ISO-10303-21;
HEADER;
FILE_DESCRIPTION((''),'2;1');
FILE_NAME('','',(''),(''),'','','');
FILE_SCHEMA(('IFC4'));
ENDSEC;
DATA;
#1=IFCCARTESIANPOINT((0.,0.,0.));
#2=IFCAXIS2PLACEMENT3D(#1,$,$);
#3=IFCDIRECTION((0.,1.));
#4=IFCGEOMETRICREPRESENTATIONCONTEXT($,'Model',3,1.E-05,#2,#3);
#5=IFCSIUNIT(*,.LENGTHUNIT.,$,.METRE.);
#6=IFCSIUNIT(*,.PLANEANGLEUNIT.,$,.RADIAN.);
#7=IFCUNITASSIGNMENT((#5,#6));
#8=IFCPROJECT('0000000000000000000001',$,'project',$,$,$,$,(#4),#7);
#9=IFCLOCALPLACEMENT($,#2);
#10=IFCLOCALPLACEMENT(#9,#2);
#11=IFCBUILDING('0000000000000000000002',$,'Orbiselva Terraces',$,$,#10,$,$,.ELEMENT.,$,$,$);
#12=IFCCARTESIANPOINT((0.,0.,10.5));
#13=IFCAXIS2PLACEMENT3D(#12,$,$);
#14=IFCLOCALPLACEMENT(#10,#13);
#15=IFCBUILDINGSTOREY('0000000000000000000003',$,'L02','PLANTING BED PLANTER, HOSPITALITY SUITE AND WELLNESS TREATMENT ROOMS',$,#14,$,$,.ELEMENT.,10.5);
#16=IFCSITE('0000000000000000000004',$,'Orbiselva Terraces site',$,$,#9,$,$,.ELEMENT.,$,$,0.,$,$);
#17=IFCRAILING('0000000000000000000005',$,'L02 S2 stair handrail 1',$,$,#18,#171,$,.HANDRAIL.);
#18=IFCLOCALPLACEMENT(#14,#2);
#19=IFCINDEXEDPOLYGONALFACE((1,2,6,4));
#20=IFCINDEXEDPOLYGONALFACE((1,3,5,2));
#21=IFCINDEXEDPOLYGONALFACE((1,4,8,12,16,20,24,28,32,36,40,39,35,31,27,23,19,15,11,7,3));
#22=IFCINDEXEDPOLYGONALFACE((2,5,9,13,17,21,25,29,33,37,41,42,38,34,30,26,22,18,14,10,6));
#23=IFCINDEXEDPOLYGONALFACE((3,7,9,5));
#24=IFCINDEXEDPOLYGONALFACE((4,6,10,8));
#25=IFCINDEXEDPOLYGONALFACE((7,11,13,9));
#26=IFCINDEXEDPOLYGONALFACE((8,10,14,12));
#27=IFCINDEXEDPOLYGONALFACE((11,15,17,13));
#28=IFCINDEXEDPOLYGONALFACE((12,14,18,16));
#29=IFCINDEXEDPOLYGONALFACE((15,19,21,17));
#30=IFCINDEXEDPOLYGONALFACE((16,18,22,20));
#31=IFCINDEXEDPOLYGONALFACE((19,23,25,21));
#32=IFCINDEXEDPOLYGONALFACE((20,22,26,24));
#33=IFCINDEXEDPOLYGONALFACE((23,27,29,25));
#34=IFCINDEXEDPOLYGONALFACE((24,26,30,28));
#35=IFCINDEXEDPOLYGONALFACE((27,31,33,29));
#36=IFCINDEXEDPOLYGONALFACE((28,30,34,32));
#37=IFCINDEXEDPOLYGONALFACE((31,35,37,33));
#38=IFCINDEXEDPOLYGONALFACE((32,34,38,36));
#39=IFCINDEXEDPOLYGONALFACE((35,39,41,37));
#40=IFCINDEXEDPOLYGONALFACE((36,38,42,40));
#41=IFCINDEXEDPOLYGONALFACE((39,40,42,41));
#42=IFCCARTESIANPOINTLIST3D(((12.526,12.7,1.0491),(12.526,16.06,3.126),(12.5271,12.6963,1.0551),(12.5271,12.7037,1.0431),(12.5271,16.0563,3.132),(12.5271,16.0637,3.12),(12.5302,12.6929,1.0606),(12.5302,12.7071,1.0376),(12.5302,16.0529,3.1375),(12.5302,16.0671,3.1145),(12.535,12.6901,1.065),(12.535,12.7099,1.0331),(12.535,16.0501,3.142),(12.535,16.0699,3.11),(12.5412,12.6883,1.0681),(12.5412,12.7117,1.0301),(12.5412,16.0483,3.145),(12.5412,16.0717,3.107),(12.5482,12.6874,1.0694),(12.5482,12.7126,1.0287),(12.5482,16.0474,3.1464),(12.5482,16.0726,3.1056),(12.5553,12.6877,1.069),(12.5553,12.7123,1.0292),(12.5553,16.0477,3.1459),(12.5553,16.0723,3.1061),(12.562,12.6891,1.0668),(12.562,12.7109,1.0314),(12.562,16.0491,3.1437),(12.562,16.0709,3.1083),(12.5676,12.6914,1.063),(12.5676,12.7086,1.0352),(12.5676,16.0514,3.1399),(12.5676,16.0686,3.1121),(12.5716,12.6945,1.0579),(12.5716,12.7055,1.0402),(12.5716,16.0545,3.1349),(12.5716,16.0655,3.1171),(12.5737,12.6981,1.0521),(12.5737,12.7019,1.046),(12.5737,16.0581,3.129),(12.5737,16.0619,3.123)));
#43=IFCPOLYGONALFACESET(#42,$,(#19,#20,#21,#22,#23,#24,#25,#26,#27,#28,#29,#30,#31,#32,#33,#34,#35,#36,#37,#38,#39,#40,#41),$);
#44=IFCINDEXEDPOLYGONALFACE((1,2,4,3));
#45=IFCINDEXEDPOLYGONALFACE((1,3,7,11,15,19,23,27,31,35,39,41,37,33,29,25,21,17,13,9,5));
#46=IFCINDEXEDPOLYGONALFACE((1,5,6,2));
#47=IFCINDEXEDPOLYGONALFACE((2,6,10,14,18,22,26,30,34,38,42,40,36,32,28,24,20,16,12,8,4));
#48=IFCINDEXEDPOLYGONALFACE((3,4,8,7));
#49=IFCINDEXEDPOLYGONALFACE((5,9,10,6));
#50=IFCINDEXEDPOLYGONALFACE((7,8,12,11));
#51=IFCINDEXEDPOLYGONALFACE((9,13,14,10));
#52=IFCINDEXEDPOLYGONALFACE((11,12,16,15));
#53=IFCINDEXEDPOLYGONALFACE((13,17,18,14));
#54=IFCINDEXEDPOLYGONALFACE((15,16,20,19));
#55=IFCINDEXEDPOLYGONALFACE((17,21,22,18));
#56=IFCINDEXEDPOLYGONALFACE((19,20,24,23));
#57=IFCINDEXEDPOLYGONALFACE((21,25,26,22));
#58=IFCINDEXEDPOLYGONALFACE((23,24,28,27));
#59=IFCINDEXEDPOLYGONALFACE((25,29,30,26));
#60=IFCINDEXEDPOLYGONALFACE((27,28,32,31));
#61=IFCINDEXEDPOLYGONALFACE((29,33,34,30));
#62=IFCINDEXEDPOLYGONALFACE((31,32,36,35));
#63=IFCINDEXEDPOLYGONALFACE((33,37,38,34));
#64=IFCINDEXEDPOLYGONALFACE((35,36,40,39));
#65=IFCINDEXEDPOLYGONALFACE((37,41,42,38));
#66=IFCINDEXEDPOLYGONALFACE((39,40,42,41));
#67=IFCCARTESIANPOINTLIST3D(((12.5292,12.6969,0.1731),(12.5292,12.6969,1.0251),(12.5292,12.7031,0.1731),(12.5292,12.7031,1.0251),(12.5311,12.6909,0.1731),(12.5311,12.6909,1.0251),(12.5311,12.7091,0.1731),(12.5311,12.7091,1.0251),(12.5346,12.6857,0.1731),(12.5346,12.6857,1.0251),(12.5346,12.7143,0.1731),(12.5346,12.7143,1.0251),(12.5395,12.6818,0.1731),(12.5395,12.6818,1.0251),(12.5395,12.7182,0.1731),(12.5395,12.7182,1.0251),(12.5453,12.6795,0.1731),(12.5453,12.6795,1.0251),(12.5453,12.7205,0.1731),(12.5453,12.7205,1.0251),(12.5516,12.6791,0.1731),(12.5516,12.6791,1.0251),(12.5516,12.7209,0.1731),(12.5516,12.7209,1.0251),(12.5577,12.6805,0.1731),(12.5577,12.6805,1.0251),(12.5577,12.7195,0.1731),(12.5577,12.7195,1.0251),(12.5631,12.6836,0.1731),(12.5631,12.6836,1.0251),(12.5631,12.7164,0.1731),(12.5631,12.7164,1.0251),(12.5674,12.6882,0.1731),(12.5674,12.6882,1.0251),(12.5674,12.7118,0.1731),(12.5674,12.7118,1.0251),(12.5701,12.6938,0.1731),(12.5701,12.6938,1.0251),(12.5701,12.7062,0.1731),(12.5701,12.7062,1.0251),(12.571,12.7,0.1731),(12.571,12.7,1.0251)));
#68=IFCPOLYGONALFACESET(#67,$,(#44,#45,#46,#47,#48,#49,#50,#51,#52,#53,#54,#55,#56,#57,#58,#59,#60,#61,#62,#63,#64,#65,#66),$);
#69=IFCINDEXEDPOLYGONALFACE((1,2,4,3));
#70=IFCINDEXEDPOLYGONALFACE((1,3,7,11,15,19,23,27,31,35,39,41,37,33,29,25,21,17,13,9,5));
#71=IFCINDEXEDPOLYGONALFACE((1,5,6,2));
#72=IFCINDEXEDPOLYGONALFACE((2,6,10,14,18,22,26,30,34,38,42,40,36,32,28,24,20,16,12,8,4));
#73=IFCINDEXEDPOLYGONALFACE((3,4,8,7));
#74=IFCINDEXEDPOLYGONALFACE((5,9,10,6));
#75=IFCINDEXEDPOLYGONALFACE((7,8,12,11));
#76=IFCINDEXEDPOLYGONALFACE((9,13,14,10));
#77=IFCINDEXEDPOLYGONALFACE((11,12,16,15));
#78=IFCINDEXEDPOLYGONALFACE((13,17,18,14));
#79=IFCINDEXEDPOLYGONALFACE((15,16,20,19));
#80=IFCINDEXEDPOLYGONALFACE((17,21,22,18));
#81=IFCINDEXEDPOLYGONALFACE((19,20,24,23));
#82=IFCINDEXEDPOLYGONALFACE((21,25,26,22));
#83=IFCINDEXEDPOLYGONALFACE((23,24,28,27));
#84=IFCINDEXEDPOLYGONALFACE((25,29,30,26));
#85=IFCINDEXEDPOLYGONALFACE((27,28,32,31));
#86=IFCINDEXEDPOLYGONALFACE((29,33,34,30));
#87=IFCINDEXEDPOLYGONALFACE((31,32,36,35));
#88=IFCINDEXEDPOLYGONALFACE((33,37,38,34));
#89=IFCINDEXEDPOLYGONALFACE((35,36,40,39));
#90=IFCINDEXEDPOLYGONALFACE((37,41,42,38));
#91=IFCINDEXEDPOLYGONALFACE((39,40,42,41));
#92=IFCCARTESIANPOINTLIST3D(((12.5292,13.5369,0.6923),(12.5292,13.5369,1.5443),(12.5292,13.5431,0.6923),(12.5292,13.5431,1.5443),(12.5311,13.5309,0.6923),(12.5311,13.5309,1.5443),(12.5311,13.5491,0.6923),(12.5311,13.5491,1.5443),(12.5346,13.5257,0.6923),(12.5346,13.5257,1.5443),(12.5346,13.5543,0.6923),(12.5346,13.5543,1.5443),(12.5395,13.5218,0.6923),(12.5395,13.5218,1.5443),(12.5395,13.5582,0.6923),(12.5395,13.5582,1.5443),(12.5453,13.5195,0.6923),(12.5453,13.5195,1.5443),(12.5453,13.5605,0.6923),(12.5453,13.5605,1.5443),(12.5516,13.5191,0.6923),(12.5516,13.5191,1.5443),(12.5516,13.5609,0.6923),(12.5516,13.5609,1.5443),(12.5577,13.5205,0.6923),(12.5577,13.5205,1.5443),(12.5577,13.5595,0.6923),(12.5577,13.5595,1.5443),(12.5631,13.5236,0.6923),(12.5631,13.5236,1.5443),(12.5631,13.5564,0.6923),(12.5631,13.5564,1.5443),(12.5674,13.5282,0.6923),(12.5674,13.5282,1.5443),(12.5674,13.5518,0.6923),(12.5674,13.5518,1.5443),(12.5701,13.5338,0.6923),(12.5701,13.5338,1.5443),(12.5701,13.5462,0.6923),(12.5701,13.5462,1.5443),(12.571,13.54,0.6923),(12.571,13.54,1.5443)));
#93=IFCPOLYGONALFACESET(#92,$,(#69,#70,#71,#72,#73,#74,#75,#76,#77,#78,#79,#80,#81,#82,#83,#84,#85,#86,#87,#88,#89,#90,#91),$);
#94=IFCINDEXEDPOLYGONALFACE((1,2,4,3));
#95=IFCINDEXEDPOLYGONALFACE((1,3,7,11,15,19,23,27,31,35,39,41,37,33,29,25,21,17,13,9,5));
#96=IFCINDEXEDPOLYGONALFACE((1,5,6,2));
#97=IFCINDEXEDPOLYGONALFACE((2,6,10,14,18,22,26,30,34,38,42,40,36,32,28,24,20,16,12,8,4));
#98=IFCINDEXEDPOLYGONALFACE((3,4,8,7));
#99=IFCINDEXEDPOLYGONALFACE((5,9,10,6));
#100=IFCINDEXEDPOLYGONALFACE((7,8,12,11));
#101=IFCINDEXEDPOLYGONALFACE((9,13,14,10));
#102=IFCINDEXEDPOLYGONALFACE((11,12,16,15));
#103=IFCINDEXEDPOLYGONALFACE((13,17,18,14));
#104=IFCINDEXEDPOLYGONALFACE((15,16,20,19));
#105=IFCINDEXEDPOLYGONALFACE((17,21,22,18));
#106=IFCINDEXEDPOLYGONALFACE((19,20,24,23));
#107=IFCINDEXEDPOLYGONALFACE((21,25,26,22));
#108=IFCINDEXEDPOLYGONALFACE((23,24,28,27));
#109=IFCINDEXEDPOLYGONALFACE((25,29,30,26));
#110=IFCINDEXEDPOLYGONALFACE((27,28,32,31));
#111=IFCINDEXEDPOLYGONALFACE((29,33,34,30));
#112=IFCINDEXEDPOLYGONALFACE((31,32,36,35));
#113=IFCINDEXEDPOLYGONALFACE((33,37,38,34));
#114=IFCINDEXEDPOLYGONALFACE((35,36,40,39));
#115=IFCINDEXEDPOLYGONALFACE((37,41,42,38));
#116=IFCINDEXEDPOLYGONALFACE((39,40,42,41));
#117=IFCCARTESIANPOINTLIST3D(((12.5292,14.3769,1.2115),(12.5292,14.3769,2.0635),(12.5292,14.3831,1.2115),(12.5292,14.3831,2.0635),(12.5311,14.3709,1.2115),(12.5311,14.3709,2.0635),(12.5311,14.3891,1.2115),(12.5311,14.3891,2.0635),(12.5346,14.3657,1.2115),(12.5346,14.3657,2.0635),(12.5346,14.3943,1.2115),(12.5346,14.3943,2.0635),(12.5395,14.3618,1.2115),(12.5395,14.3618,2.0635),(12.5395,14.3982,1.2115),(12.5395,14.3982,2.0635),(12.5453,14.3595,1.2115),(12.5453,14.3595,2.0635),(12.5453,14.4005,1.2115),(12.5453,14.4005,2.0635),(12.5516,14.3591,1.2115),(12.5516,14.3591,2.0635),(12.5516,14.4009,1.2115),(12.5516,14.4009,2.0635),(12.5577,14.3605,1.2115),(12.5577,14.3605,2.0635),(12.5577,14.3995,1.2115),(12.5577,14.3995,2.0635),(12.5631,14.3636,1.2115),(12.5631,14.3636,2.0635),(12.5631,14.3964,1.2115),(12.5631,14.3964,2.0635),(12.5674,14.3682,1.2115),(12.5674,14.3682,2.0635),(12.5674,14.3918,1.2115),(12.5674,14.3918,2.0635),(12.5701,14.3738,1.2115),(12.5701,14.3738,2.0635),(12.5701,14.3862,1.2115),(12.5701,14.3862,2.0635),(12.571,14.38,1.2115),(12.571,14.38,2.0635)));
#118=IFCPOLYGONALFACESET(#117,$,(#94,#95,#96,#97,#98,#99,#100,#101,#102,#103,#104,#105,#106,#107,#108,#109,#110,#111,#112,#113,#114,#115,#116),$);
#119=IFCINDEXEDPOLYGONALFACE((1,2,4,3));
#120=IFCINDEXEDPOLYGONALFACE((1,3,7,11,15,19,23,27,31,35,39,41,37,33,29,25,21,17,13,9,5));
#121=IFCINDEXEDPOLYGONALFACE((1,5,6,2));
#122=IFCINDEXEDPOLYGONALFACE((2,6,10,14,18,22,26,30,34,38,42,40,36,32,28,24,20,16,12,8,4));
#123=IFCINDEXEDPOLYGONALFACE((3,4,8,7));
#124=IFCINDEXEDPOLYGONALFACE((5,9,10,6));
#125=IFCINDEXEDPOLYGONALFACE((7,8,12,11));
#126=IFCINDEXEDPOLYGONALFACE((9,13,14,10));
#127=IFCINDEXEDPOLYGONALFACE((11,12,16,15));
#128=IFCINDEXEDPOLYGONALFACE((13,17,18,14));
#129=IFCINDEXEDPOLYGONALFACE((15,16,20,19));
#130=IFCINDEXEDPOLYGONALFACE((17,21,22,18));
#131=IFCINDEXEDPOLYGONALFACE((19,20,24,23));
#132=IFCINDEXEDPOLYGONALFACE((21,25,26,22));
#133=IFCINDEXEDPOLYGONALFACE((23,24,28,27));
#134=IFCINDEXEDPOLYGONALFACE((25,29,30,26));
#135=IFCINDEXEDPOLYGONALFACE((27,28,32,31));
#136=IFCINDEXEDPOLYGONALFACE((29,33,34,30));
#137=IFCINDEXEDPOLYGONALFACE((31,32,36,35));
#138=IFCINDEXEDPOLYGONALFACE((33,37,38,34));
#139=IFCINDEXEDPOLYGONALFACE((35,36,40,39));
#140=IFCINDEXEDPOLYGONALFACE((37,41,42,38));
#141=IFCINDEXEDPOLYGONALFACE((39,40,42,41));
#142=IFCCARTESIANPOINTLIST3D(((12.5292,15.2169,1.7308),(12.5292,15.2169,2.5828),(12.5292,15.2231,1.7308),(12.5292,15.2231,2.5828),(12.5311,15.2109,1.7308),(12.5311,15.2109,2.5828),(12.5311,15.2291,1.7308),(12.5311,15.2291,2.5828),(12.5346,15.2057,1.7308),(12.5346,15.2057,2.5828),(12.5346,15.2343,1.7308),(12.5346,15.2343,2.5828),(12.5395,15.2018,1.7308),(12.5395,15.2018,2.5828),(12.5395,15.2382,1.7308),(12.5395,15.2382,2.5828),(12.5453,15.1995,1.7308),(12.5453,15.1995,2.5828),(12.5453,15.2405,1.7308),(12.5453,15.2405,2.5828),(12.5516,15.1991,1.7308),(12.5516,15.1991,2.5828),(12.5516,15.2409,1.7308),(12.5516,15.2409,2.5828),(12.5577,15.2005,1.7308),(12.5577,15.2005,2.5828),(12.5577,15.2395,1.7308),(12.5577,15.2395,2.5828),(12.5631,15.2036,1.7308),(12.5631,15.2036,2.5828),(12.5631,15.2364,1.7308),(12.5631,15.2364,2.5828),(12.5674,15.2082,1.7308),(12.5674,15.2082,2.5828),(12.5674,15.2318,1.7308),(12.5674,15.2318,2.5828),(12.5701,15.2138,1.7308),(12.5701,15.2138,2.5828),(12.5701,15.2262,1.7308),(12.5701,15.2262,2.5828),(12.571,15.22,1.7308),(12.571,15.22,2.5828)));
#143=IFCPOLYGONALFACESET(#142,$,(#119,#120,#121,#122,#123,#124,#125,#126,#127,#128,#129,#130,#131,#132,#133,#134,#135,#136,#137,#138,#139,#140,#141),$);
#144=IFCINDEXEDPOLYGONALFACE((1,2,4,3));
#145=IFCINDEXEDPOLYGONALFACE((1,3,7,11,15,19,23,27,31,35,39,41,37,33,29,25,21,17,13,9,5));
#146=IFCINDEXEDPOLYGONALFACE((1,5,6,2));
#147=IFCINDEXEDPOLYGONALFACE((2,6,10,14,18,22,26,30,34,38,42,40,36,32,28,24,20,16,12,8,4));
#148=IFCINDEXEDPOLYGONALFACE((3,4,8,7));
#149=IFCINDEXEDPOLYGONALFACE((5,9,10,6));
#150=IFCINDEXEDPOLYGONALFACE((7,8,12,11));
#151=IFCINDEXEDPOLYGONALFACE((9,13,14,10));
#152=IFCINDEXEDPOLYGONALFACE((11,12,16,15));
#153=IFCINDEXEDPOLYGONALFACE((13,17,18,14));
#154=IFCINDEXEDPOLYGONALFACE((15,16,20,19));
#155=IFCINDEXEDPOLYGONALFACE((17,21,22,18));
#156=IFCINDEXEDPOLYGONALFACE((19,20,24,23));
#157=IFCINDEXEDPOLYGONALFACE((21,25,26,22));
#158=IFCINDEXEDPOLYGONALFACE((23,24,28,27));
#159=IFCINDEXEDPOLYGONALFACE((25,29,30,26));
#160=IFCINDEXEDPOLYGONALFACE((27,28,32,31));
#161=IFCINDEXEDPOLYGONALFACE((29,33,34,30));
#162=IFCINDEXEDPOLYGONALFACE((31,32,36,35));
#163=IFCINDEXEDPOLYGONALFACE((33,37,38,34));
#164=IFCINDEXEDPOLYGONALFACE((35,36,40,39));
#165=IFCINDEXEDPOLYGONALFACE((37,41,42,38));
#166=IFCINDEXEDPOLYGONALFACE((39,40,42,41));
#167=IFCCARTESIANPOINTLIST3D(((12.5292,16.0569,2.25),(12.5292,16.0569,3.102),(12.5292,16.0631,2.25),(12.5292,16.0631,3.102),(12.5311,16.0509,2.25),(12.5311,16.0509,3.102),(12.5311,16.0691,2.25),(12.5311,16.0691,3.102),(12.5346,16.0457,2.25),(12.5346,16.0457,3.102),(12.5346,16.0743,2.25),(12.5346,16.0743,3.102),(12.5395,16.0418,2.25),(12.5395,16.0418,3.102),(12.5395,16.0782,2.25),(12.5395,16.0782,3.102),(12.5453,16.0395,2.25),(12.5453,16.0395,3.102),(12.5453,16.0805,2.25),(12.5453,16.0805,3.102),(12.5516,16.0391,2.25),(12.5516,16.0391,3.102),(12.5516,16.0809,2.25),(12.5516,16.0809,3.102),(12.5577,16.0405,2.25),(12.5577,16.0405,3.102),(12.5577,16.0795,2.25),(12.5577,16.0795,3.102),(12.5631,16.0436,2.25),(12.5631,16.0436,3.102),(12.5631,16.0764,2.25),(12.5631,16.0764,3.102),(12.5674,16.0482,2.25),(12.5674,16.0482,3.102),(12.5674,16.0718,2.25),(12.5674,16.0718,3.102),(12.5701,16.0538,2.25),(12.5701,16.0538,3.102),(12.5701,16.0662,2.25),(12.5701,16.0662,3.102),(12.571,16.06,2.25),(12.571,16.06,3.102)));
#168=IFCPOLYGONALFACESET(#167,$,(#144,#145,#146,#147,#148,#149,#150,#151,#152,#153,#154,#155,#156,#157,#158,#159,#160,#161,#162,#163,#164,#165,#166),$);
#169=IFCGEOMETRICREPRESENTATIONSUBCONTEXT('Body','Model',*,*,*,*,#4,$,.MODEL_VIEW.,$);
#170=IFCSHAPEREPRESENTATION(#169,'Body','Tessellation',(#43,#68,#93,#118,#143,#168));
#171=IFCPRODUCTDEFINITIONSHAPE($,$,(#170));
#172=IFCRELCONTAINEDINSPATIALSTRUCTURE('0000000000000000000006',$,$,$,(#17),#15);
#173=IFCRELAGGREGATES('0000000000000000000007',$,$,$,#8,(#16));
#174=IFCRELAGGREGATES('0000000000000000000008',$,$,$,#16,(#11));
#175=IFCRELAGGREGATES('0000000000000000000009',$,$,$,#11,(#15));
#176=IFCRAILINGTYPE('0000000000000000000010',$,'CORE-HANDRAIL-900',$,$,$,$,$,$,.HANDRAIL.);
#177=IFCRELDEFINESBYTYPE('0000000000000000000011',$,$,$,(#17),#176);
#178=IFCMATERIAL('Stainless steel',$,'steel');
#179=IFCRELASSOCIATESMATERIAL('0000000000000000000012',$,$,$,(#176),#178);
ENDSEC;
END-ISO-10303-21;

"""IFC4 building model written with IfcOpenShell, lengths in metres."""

from ifc_helpers import new_model, si_unit, direction, frame, origin, origin_2d, place, context, subcontext, project, spatial, circle, extrude, material, type_object, element, save


model = new_model("IFC4")

# Units and contexts
model_context = context("Model", 3, precision=1e-05, world=origin(), true_north=direction((0.0, 1.0)))
body_context = subcontext(model_context, "Body", "Model", "MODEL_VIEW")
ifc_project = project(units=[si_unit("LENGTHUNIT", "METRE"), si_unit("PLANEANGLEUNIT", "RADIAN")], contexts=[model_context])

# Site, building, storey
site_placement = place(None, origin())
site = spatial("IfcSite", under=ifc_project, at=site_placement, Name="Orbiselva Terraces site", CompositionType="ELEMENT", RefElevation=0.0)
building_placement = place(site_placement, origin())
building = spatial("IfcBuilding", under=site, at=building_placement, Name="Orbiselva Terraces", CompositionType="ELEMENT")
storey_placement = place(building_placement, frame((0.0, 0.0, 10.5)))
storey = spatial("IfcBuildingStorey", under=building, at=storey_placement, Name="L02", Description="PLANTING BED PLANTER, HOSPITALITY SUITE AND WELLNESS TREATMENT ROOMS", CompositionType="ELEMENT", Elevation=10.5)

# Railing
ifc_material_1 = material(Name="Stainless steel", Category="steel")
railing_type_1 = type_object("IfcRailingType", Name="CORE-HANDRAIL-900", PredefinedType="HANDRAIL", material=ifc_material_1)
railing_1_placement = place(storey_placement, frame((12.55, 12.7, 0.1731)))
element("IfcRailing", 1, at=railing_1_placement, inside=storey, type_object=railing_type_1, Name="L02 S2 stair handrail 1", PredefinedType="HANDRAIL", context=body_context, shape_type="SweptSolid", body=[
    extrude(circle(Radius=0.024, at=origin_2d()), frame((0.0, 0.0, 0.876), z_axis=(0.0, 0.850614, 0.525791), x_axis=(-1.0, 0.0, 0.0)), (0.0, 0.0, 1.0), 3.9501),
    extrude(circle(Radius=0.021, at=origin_2d()), origin(), (0.0, 0.0, 1.0), 0.852),
    extrude(circle(Radius=0.021, at=origin_2d()), frame((0.0, 0.84, 0.5192)), (0.0, 0.0, 1.0), 0.852),
    extrude(circle(Radius=0.021, at=origin_2d()), frame((0.0, 1.68, 1.0385)), (0.0, 0.0, 1.0), 0.852),
    extrude(circle(Radius=0.021, at=origin_2d()), frame((0.0, 2.52, 1.5577)), (0.0, 0.0, 1.0), 0.852),
    extrude(circle(Radius=0.021, at=origin_2d()), frame((0.0, 3.36, 2.0769)), (0.0, 0.0, 1.0), 0.852),
])

save(model, "model.ifc")
